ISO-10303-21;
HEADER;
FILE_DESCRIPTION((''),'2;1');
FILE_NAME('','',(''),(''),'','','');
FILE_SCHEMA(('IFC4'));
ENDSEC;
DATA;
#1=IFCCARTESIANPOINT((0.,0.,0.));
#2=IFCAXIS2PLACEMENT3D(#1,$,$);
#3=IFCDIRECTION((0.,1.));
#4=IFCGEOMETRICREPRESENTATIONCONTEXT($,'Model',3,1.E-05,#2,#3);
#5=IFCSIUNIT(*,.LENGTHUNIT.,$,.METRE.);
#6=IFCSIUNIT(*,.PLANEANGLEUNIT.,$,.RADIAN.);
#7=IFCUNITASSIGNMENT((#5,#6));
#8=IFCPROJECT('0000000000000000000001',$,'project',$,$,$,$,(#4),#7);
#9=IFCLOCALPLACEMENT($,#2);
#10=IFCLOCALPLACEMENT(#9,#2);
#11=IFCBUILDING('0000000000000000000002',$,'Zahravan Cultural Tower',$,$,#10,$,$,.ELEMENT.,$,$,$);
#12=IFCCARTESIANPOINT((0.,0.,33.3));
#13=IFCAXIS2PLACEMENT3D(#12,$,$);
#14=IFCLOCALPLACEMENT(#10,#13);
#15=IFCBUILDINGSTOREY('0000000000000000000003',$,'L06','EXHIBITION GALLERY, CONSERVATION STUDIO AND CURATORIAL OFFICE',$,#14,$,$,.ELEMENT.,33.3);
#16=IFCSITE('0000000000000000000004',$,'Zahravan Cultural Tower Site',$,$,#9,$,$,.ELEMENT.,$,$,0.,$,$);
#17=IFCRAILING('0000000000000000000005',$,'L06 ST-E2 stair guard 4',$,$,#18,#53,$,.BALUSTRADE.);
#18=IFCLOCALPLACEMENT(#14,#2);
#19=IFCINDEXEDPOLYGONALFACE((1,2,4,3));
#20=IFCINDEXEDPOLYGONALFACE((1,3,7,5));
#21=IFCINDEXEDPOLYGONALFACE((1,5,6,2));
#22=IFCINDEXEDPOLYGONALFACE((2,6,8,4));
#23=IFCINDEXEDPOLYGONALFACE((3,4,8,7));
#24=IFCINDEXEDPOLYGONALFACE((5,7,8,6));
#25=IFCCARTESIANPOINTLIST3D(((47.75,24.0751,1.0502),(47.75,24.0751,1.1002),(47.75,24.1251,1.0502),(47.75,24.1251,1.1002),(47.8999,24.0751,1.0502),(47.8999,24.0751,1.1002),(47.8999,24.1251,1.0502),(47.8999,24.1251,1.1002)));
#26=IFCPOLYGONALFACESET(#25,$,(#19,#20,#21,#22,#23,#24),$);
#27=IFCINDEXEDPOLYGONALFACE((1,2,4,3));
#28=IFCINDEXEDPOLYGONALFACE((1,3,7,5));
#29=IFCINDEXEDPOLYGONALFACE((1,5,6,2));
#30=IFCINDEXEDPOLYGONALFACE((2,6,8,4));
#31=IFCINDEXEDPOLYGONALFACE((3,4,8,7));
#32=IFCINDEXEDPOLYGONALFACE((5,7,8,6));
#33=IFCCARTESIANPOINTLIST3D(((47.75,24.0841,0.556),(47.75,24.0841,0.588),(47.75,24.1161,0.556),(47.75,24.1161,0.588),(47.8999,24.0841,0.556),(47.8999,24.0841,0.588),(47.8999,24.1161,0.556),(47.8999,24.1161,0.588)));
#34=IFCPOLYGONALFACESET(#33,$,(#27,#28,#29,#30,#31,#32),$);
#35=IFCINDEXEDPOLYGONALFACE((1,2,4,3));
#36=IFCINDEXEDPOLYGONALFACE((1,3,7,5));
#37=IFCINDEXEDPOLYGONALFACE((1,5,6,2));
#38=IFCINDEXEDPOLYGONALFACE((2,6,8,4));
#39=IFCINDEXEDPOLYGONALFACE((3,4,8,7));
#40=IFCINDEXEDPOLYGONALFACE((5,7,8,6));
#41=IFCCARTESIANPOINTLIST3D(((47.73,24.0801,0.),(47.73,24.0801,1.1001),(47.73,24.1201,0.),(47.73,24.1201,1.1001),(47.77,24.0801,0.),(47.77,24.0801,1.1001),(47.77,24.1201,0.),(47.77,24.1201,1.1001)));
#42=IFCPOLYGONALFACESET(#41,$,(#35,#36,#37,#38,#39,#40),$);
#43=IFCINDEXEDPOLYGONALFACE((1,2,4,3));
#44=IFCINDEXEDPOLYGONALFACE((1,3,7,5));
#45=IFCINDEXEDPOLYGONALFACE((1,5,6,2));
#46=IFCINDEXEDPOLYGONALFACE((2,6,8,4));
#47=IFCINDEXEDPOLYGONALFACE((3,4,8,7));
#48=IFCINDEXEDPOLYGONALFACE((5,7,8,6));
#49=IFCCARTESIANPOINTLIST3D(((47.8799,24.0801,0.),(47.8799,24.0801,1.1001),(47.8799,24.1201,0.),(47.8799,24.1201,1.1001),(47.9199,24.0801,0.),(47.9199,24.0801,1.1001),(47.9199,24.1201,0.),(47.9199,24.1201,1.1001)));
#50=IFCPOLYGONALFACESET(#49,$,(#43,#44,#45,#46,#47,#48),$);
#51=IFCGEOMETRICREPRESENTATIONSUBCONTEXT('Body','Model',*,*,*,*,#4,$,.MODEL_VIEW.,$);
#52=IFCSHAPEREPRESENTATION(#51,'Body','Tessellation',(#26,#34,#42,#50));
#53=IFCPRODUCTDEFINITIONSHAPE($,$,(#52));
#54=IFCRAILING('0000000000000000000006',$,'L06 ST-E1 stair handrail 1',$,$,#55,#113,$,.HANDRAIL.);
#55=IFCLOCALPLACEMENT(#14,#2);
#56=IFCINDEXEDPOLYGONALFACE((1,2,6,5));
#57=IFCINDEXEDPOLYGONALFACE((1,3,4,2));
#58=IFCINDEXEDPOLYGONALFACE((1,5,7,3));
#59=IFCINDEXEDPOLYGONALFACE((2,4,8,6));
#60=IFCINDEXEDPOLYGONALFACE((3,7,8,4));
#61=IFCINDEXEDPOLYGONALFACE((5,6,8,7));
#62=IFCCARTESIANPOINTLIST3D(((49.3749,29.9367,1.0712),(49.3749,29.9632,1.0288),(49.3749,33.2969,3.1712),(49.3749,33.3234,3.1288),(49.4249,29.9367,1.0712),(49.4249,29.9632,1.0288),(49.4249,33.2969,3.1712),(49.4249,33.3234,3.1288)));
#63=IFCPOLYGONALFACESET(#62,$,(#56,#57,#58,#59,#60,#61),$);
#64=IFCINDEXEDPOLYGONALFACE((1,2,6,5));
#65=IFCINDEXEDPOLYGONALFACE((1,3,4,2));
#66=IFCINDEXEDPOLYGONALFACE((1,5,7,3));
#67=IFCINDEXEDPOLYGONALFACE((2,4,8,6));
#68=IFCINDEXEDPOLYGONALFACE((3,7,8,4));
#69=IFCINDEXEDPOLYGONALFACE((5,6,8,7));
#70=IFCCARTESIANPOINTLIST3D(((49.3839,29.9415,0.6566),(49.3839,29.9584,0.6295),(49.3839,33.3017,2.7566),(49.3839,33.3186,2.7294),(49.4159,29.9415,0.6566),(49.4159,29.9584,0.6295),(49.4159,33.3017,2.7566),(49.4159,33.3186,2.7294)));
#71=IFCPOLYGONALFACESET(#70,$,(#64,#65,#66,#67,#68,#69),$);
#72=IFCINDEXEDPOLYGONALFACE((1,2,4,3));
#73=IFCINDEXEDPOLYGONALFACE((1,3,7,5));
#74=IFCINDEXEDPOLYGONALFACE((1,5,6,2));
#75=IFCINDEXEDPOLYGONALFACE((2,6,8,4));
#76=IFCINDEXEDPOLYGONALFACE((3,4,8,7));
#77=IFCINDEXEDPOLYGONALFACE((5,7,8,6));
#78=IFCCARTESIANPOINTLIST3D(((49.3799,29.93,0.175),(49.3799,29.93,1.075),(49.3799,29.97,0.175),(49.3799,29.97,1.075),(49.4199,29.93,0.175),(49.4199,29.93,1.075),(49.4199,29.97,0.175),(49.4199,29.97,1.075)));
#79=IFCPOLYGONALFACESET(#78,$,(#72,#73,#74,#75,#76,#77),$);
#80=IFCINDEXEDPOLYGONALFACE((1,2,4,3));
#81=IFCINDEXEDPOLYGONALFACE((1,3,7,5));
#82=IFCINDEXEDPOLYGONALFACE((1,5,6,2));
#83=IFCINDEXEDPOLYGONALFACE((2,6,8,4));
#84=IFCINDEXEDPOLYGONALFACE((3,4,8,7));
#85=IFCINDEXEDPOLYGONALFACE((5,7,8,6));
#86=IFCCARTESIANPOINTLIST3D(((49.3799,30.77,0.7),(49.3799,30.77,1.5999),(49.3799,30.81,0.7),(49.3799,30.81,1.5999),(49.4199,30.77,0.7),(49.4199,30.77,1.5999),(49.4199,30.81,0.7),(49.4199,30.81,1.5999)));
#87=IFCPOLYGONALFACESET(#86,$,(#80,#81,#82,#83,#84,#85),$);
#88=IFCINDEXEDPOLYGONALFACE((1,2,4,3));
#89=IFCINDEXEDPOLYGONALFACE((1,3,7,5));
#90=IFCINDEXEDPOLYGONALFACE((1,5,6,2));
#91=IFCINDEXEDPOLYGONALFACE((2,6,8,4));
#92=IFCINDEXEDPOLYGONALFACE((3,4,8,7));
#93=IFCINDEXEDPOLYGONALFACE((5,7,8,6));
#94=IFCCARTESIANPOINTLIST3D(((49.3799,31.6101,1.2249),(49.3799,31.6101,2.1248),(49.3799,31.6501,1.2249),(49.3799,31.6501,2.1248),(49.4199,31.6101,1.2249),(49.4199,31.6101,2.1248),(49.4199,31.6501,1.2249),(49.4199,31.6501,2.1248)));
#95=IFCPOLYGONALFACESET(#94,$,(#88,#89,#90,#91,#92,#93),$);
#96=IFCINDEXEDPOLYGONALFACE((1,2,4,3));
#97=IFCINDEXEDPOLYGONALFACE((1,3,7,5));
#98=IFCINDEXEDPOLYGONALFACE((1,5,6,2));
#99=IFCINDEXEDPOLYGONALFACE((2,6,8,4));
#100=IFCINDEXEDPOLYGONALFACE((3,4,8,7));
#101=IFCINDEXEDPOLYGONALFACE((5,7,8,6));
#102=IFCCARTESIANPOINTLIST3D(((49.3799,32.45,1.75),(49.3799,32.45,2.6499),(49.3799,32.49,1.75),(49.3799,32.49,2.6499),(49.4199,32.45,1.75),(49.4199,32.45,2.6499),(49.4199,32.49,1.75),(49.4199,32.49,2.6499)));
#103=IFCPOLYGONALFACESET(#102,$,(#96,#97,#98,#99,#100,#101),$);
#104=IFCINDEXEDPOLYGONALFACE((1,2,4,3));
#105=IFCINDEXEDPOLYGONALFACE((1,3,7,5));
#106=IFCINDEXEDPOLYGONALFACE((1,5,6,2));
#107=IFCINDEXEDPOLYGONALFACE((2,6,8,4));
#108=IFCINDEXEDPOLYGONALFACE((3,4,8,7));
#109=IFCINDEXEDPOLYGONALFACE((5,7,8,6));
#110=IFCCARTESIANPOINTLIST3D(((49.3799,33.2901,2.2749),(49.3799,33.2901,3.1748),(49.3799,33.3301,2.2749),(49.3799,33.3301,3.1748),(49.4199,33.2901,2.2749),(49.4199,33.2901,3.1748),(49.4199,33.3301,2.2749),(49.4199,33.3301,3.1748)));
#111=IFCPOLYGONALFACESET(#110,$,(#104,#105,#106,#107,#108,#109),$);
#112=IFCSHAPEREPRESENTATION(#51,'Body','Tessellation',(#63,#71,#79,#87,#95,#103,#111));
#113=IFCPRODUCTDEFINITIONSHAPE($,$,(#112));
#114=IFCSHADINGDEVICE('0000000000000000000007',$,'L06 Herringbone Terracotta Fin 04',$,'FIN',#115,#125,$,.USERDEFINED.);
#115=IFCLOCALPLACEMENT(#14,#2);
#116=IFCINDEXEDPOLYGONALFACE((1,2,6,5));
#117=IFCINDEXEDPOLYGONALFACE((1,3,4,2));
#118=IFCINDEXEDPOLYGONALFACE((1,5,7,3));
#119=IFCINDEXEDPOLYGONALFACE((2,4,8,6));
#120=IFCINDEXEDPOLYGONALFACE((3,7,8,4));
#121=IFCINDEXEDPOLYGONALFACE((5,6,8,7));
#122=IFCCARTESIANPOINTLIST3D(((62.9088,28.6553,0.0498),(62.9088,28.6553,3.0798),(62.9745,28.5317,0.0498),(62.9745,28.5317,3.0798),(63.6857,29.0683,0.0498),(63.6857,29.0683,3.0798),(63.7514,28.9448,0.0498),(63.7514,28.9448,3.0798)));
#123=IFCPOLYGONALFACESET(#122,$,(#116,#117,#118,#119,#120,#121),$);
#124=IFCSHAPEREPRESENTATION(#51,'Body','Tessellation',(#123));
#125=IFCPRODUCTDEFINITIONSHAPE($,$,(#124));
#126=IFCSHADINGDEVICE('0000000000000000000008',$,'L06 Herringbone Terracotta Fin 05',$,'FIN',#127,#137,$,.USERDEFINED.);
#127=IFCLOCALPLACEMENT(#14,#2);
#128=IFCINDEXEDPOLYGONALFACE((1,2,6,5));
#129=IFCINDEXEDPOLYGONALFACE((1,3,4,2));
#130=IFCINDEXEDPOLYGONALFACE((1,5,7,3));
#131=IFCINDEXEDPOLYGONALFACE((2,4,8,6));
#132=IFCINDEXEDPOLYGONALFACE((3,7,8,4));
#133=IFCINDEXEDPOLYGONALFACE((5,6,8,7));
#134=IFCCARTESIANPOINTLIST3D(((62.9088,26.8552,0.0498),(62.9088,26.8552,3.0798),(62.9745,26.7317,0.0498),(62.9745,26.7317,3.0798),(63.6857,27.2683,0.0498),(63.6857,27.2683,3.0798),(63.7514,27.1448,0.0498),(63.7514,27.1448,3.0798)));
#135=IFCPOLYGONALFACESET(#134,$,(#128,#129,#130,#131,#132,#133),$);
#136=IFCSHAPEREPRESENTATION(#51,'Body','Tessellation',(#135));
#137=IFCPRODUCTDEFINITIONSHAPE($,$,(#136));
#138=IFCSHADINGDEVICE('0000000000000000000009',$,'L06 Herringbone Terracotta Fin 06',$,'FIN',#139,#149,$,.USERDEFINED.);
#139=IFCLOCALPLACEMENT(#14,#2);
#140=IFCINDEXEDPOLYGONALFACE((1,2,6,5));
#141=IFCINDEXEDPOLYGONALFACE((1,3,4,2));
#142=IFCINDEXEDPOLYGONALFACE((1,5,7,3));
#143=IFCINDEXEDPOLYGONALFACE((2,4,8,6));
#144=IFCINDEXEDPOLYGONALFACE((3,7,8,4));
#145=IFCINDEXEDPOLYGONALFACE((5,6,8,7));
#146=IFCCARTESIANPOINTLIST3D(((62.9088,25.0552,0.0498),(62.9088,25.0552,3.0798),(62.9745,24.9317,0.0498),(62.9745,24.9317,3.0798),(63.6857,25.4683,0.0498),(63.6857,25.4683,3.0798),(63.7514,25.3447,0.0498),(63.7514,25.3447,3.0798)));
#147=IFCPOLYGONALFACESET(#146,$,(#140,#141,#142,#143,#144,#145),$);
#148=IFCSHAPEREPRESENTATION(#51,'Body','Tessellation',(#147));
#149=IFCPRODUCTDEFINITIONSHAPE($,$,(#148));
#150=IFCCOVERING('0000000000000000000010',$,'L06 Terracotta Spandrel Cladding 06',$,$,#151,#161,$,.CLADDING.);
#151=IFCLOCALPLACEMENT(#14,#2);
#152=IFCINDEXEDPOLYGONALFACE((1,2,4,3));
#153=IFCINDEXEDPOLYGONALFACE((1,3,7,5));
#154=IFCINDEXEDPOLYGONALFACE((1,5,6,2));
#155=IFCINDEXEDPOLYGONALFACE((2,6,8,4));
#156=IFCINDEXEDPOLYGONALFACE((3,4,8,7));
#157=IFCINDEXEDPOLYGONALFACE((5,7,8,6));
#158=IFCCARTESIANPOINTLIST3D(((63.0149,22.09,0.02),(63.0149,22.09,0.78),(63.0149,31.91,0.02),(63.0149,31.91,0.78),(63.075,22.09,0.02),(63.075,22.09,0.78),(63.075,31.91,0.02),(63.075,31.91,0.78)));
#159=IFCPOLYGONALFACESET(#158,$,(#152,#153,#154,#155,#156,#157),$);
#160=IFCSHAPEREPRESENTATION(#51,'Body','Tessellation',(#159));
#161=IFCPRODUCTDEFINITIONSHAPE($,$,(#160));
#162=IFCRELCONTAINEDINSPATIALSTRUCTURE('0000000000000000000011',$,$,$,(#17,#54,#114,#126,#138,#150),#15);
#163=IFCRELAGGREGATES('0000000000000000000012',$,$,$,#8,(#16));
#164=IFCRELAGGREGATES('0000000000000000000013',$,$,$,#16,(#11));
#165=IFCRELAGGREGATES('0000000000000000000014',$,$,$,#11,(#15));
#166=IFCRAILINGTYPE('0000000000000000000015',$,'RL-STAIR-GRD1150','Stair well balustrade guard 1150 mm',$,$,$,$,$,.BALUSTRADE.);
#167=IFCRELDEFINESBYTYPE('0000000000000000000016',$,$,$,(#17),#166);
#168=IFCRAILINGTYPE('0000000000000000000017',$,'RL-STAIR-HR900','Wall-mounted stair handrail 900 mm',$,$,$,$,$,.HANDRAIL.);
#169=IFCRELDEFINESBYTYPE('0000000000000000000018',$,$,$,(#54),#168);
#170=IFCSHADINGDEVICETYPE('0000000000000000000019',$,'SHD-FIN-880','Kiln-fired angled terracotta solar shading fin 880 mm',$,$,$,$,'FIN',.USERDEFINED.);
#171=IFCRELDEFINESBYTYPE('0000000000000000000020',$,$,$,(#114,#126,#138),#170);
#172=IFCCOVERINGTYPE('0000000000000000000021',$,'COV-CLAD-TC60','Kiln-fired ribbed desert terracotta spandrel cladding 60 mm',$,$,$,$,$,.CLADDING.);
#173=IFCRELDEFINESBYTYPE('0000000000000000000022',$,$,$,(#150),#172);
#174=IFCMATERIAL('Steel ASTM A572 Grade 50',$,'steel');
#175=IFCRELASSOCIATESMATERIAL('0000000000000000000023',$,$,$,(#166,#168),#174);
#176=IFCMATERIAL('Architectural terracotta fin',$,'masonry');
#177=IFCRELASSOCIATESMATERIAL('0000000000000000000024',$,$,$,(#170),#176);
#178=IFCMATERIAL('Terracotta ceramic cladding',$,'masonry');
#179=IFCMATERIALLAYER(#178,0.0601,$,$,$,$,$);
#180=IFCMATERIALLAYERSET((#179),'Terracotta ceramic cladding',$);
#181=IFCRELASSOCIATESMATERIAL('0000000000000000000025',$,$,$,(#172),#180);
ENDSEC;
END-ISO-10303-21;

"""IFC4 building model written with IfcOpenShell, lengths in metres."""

from ifc_helpers import new_model, si_unit, direction, frame, origin, origin_2d, place, context, subcontext, project, spatial, rectangle, extrude, source, transform, mapped, material, layer, layer_set, type_object, element, save


model = new_model("IFC4")

# Units and contexts
model_context = context("Model", 3, precision=1e-05, world=origin(), true_north=direction((0.0, 1.0)))
body_context = subcontext(model_context, "Body", "Model", "MODEL_VIEW")
ifc_project = project(units=[si_unit("LENGTHUNIT", "METRE"), si_unit("PLANEANGLEUNIT", "RADIAN")], contexts=[model_context])

# Site, building, storey
site_placement = place(None, origin())
site = spatial("IfcSite", under=ifc_project, at=site_placement, Name="Zahravan Cultural Tower Site", CompositionType="ELEMENT", RefElevation=0.0)
building_placement = place(site_placement, origin())
building = spatial("IfcBuilding", under=site, at=building_placement, Name="Zahravan Cultural Tower", CompositionType="ELEMENT")
storey_placement = place(building_placement, frame((0.0, 0.0, 33.3)))
storey = spatial("IfcBuildingStorey", under=building, at=storey_placement, Name="L06", Description="EXHIBITION GALLERY, CONSERVATION STUDIO AND CURATORIAL OFFICE", CompositionType="ELEMENT", Elevation=33.3)

# Shared definitions
ifc_material_1 = material(Name="Steel ASTM A572 Grade 50", Category="steel")

# Railings
railing_type_1 = type_object("IfcRailingType", Name="RL-STAIR-GRD1150", Description="Stair well balustrade guard 1150 mm", PredefinedType="BALUSTRADE", material=ifc_material_1)
railing_1_placement = place(storey_placement, frame((47.75, 24.1001, 0.0)))
element("IfcRailing", 1, at=railing_1_placement, inside=storey, type_object=railing_type_1, Name="L06 ST-E2 stair guard 4", PredefinedType="BALUSTRADE", context=body_context, shape_type="SweptSolid", body=[
    extrude(rectangle(XDim=0.05, YDim=0.05, at=origin_2d()), frame((0.0, 0.0, 1.0752), z_axis=(1.0, 0.0, 0.0), x_axis=(0.0, 1.0, 0.0)), (0.0, 0.0, 1.0), 0.1499),
    extrude(rectangle(XDim=0.032, YDim=0.032, at=origin_2d()), frame((0.0, 0.0, 0.572), z_axis=(1.0, 0.0, 0.0), x_axis=(0.0, 1.0, 0.0)), (0.0, 0.0, 1.0), 0.1499),
    extrude(rectangle(XDim=0.04, YDim=0.04, at=origin_2d()), origin(), (0.0, 0.0, 1.0), 1.1001),
    extrude(rectangle(XDim=0.04, YDim=0.04, at=origin_2d()), frame((0.1499, 0.0, 0.0)), (0.0, 0.0, 1.0), 1.1001),
])
railing_type_2 = type_object("IfcRailingType", Name="RL-STAIR-HR900", Description="Wall-mounted stair handrail 900 mm", PredefinedType="HANDRAIL", material=ifc_material_1)
railing_2_placement = place(storey_placement, frame((49.3999, 29.95, 0.175)))
element("IfcRailing", 2, at=railing_2_placement, inside=storey, type_object=railing_type_2, Name="L06 ST-E1 stair handrail 1", PredefinedType="HANDRAIL", context=body_context, shape_type="SweptSolid", body=[
    extrude(rectangle(XDim=0.05, YDim=0.05, at=origin_2d()), frame((0.0, 0.0, 0.875), z_axis=(0.0, 0.848023, 0.52996), x_axis=(-1.0, 0.0, 0.0)), (0.0, 0.0, 1.0), 3.9624),
    extrude(rectangle(XDim=0.032, YDim=0.032, at=origin_2d()), frame((0.0, 0.0, 0.468), z_axis=(0.0, 0.848023, 0.52996), x_axis=(-1.0, 0.0, 0.0)), (0.0, 0.0, 1.0), 3.9624),
    extrude(rectangle(XDim=0.04, YDim=0.04, at=origin_2d()), origin(), (0.0, 0.0, 1.0), 0.8999),
    extrude(rectangle(XDim=0.04, YDim=0.04, at=origin_2d()), frame((0.0, 0.8401, 0.5249)), (0.0, 0.0, 1.0), 0.8999),
    extrude(rectangle(XDim=0.04, YDim=0.04, at=origin_2d()), frame((0.0, 1.6802, 1.0498)), (0.0, 0.0, 1.0), 0.8999),
    extrude(rectangle(XDim=0.04, YDim=0.04, at=origin_2d()), frame((0.0, 2.52, 1.575)), (0.0, 0.0, 1.0), 0.8999),
    extrude(rectangle(XDim=0.04, YDim=0.04, at=origin_2d()), frame((0.0, 3.3601, 2.0999)), (0.0, 0.0, 1.0), 0.8999),
])

# Shading devices
ifc_material_2 = material(Name="Architectural terracotta fin", Category="masonry")
shading_device_type = type_object("IfcShadingDeviceType", Name="SHD-FIN-880", Description="Kiln-fired angled terracotta solar shading fin 880 mm", ElementType="FIN", PredefinedType="USERDEFINED", material=ifc_material_2)
shared_shape_1 = source(origin(), body_context, "Body", "SweptSolid", [
    extrude(rectangle(XDim=0.8799, YDim=0.1399, at=origin_2d()), origin(), (0.0, 0.0, 1.0), 3.03),
])
for number, where, z_axis, x_axis, name in (
    (3, (63.3301, 28.8, 0.0498), (0.0, 0.0, 1.0), (0.882948, 0.469472, 0.0), "L06 Herringbone Terracotta Fin 04"),
    (4, (63.3301, 27.0, 0.0498), (0.0, 0.0, 1.0), (0.882948, 0.469472, 0.0), "L06 Herringbone Terracotta Fin 05"),
    (5, (63.3301, 25.2, 0.0498), (0.0, 0.0, 1.0), (0.882948, 0.469472, 0.0), "L06 Herringbone Terracotta Fin 06"),
):
    element("IfcShadingDevice", number, at=place(storey_placement, frame(where, z_axis=z_axis, x_axis=x_axis)), inside=storey, type_object=shading_device_type, Name=name, ObjectType="FIN", PredefinedType="USERDEFINED", context=body_context, shape_type="MappedRepresentation", body=[
        mapped(shared_shape_1, transform((0.0, 0.0, 0.0), x_axis=(1.0, 0.0, 0.0), y_axis=(0.0, 1.0, 0.0), z_axis=(0.0, 0.0, 1.0), scale=1.0)),
    ])

# Covering
ifc_material_3 = material(Name="Terracotta ceramic cladding", Category="masonry")
ifc_layer_1 = layer(ifc_material_3, 0.0601)
ifc_layer_set_1 = layer_set([ifc_layer_1], Name="Terracotta ceramic cladding")
covering_type = type_object("IfcCoveringType", Name="COV-CLAD-TC60", Description="Kiln-fired ribbed desert terracotta spandrel cladding 60 mm", PredefinedType="CLADDING", material=ifc_layer_set_1)
shared_shape_2 = source(origin(), body_context, "Body", "SweptSolid", [
    extrude(rectangle(XDim=9.8201, YDim=0.0601, at=origin_2d()), origin(), (0.0, 0.0, 1.0), 0.76),
])
covering_placement = place(storey_placement, frame((63.0449, 27.0, 0.02), z_axis=(0.0, 0.0, 1.0), x_axis=(0.0, -1.0, 0.0)))
element("IfcCovering", 6, at=covering_placement, inside=storey, type_object=covering_type, Name="L06 Terracotta Spandrel Cladding 06", PredefinedType="CLADDING", context=body_context, shape_type="MappedRepresentation", body=[
    mapped(shared_shape_2, transform((0.0, 0.0, 0.0), x_axis=(1.0, 0.0, 0.0), y_axis=(0.0, 1.0, 0.0), z_axis=(0.0, 0.0, 1.0), scale=1.0)),
])

save(model, "model.ifc")
